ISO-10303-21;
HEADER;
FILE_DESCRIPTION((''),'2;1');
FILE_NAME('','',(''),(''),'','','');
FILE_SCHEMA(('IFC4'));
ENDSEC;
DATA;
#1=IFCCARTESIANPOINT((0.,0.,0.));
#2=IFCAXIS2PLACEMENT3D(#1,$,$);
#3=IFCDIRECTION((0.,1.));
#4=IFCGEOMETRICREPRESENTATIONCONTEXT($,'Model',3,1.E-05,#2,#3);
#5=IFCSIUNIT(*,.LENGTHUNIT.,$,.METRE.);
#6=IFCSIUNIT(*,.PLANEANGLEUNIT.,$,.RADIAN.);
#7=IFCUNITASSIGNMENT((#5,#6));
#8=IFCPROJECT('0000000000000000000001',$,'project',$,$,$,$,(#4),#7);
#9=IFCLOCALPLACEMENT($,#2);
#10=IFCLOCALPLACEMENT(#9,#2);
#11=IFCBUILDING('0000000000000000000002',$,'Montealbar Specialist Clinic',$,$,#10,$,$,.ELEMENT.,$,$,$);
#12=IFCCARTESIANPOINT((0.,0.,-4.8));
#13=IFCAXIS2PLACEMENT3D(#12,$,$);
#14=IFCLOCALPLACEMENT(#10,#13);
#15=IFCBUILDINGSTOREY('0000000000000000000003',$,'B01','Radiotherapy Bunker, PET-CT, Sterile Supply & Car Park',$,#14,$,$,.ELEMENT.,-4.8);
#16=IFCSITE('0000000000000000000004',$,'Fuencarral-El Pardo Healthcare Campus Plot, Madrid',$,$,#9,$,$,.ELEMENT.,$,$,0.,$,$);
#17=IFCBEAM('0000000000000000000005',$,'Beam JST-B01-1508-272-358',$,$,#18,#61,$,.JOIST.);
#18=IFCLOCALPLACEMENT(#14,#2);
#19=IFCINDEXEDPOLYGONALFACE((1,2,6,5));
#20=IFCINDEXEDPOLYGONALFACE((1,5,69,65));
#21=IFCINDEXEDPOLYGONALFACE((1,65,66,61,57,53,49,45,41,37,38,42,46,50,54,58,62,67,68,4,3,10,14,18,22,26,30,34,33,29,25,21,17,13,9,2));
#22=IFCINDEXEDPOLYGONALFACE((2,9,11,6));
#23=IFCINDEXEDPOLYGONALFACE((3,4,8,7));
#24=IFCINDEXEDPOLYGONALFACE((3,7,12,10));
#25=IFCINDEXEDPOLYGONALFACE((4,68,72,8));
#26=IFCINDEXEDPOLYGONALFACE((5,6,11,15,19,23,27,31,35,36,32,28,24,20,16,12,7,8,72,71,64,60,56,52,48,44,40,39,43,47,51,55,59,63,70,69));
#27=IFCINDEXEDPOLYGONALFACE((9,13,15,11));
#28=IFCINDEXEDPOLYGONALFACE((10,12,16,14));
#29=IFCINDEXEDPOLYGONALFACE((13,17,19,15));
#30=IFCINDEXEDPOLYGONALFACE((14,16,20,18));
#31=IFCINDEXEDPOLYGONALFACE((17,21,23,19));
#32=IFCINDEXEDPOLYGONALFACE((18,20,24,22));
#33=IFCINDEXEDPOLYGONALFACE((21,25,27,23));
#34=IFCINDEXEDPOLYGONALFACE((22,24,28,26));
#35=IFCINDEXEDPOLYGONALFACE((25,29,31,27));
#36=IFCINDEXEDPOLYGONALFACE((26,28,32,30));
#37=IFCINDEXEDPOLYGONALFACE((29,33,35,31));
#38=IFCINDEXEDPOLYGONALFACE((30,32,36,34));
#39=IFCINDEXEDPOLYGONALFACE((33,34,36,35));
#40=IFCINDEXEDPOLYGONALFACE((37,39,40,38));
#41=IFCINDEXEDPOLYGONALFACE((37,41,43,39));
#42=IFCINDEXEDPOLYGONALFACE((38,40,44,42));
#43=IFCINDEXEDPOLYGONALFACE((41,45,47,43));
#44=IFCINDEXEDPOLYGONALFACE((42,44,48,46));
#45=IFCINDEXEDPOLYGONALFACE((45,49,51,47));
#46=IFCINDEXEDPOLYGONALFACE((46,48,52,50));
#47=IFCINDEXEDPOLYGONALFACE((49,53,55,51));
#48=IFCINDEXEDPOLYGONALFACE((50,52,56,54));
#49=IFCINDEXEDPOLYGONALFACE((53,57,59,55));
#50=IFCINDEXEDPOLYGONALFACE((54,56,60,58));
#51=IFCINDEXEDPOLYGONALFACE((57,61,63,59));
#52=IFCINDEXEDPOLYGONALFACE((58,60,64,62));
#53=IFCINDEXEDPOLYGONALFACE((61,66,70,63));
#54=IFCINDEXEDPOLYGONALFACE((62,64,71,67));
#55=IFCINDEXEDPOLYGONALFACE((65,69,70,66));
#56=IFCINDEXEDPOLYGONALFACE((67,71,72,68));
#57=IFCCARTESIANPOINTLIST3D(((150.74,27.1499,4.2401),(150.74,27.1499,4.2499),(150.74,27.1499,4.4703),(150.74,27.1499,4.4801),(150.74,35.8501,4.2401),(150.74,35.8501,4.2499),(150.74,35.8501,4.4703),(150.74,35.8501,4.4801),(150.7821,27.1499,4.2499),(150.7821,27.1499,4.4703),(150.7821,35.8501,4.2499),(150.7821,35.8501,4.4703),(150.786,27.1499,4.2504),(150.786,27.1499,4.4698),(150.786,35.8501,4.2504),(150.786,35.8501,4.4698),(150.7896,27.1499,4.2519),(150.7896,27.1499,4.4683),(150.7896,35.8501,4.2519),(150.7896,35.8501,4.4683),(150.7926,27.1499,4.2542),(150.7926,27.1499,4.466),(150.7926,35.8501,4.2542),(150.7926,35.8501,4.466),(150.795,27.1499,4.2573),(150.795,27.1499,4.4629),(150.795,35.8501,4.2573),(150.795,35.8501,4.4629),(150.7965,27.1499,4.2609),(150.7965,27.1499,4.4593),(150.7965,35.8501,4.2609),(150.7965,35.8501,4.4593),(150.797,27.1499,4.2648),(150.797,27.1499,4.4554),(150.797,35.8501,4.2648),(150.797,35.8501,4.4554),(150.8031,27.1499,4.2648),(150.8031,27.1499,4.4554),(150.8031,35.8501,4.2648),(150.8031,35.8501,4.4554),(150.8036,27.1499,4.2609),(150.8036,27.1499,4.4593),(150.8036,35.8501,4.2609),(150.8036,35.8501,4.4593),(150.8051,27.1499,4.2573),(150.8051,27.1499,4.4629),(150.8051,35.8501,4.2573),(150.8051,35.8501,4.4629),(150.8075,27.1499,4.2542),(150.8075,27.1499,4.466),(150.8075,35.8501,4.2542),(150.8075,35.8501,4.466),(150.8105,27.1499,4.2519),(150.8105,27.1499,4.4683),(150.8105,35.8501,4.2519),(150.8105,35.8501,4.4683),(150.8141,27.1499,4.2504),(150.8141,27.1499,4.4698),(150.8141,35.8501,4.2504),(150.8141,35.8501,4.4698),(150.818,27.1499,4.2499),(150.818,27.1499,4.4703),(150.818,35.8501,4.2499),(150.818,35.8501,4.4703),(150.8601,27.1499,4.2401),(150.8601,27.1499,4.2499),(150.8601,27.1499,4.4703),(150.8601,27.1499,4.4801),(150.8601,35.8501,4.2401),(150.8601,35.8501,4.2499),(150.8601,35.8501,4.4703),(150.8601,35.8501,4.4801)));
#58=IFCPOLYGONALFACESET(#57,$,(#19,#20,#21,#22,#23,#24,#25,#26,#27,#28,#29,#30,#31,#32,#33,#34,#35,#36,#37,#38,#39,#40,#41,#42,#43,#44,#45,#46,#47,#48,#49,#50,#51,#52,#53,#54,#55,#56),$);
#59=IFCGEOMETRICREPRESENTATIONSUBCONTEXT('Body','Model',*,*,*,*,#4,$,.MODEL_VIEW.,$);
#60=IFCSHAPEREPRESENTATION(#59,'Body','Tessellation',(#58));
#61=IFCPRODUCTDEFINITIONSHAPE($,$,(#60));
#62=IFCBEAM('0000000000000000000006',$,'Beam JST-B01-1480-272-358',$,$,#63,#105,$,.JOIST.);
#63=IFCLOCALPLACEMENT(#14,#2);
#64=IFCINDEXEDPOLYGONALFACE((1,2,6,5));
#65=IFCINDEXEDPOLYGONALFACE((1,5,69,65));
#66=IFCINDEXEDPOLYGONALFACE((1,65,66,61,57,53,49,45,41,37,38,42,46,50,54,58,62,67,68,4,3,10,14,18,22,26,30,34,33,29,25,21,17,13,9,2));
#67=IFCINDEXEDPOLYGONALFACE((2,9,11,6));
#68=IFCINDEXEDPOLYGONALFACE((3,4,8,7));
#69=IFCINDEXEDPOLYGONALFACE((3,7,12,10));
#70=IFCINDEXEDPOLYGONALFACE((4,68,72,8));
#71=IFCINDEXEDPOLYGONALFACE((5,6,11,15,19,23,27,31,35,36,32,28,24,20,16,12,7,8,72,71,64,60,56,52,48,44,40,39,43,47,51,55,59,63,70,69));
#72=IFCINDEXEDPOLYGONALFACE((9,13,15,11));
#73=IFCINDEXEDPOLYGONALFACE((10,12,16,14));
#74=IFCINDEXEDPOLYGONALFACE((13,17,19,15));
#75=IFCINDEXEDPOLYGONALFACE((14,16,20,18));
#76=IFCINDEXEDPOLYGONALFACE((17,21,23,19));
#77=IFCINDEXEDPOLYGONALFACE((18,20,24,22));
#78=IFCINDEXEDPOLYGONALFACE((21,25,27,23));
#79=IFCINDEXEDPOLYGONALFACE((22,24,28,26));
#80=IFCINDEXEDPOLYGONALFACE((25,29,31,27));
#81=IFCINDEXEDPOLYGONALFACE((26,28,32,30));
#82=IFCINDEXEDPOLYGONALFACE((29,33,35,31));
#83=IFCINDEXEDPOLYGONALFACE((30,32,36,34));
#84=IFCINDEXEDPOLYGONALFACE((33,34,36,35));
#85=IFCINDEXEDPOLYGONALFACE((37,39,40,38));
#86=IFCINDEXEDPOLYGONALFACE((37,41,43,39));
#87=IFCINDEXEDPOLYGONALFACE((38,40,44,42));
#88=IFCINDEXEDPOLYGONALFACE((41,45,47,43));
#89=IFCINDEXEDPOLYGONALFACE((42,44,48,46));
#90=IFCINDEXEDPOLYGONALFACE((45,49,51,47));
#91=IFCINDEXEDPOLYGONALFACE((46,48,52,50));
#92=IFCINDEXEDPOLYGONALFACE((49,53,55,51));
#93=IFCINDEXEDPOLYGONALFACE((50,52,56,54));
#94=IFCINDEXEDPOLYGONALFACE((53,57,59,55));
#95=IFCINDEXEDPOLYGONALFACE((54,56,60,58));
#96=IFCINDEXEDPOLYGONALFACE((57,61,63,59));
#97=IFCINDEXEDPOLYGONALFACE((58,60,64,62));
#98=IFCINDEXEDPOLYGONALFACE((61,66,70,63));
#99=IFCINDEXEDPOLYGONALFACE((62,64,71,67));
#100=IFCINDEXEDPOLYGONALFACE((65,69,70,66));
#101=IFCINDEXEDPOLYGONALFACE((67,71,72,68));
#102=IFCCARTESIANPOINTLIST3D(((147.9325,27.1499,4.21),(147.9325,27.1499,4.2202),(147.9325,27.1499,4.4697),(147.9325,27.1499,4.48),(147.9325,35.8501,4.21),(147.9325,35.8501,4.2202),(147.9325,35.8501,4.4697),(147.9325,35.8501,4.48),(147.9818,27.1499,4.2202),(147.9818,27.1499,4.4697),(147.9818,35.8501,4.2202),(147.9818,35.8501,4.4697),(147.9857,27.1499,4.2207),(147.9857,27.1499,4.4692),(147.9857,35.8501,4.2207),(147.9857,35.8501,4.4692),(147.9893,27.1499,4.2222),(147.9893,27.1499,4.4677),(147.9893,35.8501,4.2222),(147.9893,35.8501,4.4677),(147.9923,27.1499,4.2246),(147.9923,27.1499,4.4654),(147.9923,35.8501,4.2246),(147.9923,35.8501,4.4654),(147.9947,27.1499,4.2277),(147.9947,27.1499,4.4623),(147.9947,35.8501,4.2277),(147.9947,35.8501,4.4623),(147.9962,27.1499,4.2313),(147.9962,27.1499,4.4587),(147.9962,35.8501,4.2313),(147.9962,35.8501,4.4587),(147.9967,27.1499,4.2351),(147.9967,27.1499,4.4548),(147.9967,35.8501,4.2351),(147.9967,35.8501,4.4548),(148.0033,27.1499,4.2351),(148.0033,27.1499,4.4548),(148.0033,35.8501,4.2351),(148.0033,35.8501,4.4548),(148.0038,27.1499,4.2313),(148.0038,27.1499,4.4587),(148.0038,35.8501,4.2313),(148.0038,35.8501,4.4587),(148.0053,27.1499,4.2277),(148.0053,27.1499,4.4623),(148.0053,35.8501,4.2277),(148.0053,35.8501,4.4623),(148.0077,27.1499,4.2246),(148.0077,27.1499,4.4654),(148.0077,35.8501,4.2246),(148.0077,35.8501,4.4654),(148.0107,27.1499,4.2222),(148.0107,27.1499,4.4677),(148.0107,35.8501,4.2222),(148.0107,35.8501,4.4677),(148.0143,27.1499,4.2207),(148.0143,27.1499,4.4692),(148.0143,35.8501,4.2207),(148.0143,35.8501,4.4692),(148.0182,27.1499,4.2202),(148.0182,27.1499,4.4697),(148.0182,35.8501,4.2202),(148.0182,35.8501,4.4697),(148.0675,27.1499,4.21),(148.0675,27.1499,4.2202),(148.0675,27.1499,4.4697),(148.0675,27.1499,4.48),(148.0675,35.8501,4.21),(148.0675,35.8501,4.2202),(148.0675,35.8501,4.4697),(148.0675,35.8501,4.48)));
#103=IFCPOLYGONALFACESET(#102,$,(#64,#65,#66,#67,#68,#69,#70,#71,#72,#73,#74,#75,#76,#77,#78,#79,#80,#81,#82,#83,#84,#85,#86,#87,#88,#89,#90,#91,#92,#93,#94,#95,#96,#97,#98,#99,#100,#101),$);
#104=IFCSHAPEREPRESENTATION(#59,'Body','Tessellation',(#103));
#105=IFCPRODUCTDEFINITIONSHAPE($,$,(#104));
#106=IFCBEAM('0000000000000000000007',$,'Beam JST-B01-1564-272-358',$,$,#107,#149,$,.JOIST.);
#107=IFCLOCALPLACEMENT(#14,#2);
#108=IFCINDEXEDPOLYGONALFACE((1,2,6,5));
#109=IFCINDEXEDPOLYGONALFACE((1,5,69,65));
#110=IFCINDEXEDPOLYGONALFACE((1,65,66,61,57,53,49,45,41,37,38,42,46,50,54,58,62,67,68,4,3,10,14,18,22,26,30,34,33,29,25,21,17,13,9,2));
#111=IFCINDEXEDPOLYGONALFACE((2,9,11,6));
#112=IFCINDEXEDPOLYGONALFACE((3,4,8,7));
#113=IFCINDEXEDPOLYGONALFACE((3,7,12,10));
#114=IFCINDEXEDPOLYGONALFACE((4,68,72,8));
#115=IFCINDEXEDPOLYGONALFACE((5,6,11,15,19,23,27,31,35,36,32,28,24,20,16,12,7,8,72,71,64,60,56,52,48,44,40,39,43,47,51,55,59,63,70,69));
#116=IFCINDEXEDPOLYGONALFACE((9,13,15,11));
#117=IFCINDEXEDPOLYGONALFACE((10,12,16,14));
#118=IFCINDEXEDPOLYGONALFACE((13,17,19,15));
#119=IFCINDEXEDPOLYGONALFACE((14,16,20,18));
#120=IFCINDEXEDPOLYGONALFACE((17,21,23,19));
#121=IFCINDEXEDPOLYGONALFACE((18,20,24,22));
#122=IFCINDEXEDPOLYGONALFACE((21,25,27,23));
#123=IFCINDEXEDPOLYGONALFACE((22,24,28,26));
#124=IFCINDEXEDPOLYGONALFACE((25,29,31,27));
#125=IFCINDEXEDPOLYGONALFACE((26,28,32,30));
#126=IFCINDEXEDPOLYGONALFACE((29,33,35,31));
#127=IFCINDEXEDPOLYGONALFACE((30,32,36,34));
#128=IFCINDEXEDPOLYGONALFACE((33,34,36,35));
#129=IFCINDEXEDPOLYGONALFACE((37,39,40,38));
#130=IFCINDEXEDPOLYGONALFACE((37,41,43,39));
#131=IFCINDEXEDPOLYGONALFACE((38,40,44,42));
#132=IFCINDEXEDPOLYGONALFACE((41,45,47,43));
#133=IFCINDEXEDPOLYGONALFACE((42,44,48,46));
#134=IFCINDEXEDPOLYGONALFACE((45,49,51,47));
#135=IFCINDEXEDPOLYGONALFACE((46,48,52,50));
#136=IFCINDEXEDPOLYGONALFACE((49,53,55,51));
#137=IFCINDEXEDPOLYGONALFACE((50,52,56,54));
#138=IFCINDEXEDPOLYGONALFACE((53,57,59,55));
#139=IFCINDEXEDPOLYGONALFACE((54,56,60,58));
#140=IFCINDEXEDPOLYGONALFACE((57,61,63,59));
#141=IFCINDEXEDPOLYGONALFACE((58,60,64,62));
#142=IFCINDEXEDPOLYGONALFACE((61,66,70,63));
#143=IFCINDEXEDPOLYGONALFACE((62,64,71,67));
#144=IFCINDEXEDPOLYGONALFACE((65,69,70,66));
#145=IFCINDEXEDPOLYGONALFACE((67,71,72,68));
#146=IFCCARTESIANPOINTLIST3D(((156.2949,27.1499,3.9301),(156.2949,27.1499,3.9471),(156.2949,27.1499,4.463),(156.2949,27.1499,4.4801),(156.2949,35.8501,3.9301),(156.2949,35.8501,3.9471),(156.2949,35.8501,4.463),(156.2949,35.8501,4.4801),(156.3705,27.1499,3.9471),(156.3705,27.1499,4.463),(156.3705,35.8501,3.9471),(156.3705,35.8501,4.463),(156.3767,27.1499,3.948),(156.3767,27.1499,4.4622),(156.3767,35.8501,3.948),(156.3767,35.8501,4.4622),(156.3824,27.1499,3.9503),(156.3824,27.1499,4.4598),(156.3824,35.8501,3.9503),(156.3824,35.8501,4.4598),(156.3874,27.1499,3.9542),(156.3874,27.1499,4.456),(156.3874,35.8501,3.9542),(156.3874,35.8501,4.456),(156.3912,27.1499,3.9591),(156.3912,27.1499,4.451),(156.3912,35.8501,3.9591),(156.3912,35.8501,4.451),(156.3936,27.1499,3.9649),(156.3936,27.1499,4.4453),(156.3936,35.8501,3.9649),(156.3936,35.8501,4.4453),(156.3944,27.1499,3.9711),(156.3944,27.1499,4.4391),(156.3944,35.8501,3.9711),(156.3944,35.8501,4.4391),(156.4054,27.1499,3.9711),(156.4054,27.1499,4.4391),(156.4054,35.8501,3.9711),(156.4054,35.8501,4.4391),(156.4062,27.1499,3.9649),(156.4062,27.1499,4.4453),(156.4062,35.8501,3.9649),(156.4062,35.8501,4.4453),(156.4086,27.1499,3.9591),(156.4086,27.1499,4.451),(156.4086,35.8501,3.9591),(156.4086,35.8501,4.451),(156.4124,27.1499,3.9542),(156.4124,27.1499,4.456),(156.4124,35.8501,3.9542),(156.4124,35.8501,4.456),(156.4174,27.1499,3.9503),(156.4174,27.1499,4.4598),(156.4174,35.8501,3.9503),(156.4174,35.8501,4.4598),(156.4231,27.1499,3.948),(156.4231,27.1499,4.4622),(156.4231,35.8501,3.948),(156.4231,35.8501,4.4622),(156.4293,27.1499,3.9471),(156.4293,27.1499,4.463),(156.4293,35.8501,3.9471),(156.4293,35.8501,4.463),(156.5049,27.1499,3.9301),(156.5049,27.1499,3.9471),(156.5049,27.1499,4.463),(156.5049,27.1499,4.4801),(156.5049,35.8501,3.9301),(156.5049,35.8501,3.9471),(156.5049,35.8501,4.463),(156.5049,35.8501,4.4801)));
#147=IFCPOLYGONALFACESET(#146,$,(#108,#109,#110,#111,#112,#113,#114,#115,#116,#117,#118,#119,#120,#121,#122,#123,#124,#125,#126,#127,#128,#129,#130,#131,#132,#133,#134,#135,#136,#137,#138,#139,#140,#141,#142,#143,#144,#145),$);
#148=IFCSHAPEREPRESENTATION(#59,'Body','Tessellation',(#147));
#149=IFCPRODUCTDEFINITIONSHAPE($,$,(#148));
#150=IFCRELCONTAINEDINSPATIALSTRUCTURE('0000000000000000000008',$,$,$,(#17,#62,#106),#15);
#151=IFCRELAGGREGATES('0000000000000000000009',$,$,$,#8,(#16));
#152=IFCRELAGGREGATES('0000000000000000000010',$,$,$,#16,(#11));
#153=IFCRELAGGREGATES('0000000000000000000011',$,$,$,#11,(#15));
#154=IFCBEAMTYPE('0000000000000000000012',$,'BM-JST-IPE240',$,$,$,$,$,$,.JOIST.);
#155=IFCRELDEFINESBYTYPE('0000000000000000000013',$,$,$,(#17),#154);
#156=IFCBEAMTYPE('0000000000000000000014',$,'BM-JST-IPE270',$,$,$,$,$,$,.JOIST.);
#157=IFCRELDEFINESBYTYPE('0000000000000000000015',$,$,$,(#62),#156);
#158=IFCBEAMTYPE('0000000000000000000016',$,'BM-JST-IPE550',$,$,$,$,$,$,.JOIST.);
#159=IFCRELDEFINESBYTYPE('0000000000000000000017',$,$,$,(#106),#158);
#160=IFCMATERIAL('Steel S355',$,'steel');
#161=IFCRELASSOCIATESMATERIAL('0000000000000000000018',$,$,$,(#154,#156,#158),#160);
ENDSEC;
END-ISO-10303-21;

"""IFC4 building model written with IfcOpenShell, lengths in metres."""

from ifc_helpers import new_model, si_unit, direction, frame, origin, origin_2d, place, context, subcontext, project, spatial, i_section, extrude, material, material_profile, profile_set, type_object, element, save


model = new_model("IFC4")

# Units and contexts
model_context = context("Model", 3, precision=1e-05, world=origin(), true_north=direction((0.0, 1.0)))
body_context = subcontext(model_context, "Body", "Model", "MODEL_VIEW")
ifc_project = project(units=[si_unit("LENGTHUNIT", "METRE"), si_unit("PLANEANGLEUNIT", "RADIAN")], contexts=[model_context])

# Site, building, storey
site_placement = place(None, origin())
site = spatial("IfcSite", under=ifc_project, at=site_placement, Name="Fuencarral-El Pardo Healthcare Campus Plot, Madrid", CompositionType="ELEMENT", RefElevation=0.0)
building_placement = place(site_placement, origin())
building = spatial("IfcBuilding", under=site, at=building_placement, Name="Montealbar Specialist Clinic", CompositionType="ELEMENT")
storey_placement = place(building_placement, frame((0.0, 0.0, -4.8)))
storey = spatial("IfcBuildingStorey", under=building, at=storey_placement, Name="B01", Description="Radiotherapy Bunker, PET-CT, Sterile Supply & Car Park", CompositionType="ELEMENT", Elevation=-4.8)

# Shared definitions
ifc_material_1 = material(Name="Steel S355", Category="steel")

# Beams
ifc_material_profile_1 = material_profile(ifc_material_1, i_section(OverallWidth=0.1201, OverallDepth=0.24, WebThickness=0.0061, FlangeThickness=0.0098, FilletRadius=0.0149, at=origin_2d()), Name="IPE 240", Category="steel")
ifc_profile_set_1 = profile_set([ifc_material_profile_1], Name="Steel S355")
beam_type_1 = type_object("IfcBeamType", Name="BM-JST-IPE240", PredefinedType="JOIST", material=ifc_profile_set_1)
beam_1_placement = place(storey_placement, frame((150.8, 27.1499, 4.3601), z_axis=(0.0, 1.0, 0.0), x_axis=(-1.0, 0.0, 0.0)))
element("IfcBeam", 1, at=beam_1_placement, inside=storey, type_object=beam_type_1, Name="Beam JST-B01-1508-272-358", PredefinedType="JOIST", context=body_context, shape_type="SweptSolid", body=[
    extrude(i_section(OverallWidth=0.1201, OverallDepth=0.24, WebThickness=0.0061, FlangeThickness=0.0098, FilletRadius=0.0149, at=origin_2d()), origin(), (0.0, 0.0, 1.0), 8.7002),
])
ifc_material_profile_2 = material_profile(ifc_material_1, i_section(OverallWidth=0.135, OverallDepth=0.27, WebThickness=0.0066, FlangeThickness=0.0103, FilletRadius=0.0149, at=origin_2d()), Name="IPE 270", Category="steel")
ifc_profile_set_2 = profile_set([ifc_material_profile_2], Name="Steel S355")
beam_type_2 = type_object("IfcBeamType", Name="BM-JST-IPE270", PredefinedType="JOIST", material=ifc_profile_set_2)
beam_2_placement = place(storey_placement, frame((148.0, 27.1499, 4.345), z_axis=(0.0, 1.0, 0.0), x_axis=(-1.0, 0.0, 0.0)))
element("IfcBeam", 2, at=beam_2_placement, inside=storey, type_object=beam_type_2, Name="Beam JST-B01-1480-272-358", PredefinedType="JOIST", context=body_context, shape_type="SweptSolid", body=[
    extrude(i_section(OverallWidth=0.135, OverallDepth=0.27, WebThickness=0.0066, FlangeThickness=0.0103, FilletRadius=0.0149, at=origin_2d()), origin(), (0.0, 0.0, 1.0), 8.7002),
])
ifc_material_profile_3 = material_profile(ifc_material_1, i_section(OverallWidth=0.21, OverallDepth=0.55, WebThickness=0.011, FlangeThickness=0.0171, FilletRadius=0.0239, at=origin_2d()), Name="IPE 550", Category="steel")
ifc_profile_set_3 = profile_set([ifc_material_profile_3], Name="Steel S355")
beam_type_3 = type_object("IfcBeamType", Name="BM-JST-IPE550", PredefinedType="JOIST", material=ifc_profile_set_3)
beam_3_placement = place(storey_placement, frame((156.3999, 27.1499, 4.2051), z_axis=(0.0, 1.0, 0.0), x_axis=(-1.0, 0.0, 0.0)))
element("IfcBeam", 3, at=beam_3_placement, inside=storey, type_object=beam_type_3, Name="Beam JST-B01-1564-272-358", PredefinedType="JOIST", context=body_context, shape_type="SweptSolid", body=[
    extrude(i_section(OverallWidth=0.21, OverallDepth=0.55, WebThickness=0.011, FlangeThickness=0.0171, FilletRadius=0.0239, at=origin_2d()), origin(), (0.0, 0.0, 1.0), 8.7002),
])

save(model, "model.ifc")
